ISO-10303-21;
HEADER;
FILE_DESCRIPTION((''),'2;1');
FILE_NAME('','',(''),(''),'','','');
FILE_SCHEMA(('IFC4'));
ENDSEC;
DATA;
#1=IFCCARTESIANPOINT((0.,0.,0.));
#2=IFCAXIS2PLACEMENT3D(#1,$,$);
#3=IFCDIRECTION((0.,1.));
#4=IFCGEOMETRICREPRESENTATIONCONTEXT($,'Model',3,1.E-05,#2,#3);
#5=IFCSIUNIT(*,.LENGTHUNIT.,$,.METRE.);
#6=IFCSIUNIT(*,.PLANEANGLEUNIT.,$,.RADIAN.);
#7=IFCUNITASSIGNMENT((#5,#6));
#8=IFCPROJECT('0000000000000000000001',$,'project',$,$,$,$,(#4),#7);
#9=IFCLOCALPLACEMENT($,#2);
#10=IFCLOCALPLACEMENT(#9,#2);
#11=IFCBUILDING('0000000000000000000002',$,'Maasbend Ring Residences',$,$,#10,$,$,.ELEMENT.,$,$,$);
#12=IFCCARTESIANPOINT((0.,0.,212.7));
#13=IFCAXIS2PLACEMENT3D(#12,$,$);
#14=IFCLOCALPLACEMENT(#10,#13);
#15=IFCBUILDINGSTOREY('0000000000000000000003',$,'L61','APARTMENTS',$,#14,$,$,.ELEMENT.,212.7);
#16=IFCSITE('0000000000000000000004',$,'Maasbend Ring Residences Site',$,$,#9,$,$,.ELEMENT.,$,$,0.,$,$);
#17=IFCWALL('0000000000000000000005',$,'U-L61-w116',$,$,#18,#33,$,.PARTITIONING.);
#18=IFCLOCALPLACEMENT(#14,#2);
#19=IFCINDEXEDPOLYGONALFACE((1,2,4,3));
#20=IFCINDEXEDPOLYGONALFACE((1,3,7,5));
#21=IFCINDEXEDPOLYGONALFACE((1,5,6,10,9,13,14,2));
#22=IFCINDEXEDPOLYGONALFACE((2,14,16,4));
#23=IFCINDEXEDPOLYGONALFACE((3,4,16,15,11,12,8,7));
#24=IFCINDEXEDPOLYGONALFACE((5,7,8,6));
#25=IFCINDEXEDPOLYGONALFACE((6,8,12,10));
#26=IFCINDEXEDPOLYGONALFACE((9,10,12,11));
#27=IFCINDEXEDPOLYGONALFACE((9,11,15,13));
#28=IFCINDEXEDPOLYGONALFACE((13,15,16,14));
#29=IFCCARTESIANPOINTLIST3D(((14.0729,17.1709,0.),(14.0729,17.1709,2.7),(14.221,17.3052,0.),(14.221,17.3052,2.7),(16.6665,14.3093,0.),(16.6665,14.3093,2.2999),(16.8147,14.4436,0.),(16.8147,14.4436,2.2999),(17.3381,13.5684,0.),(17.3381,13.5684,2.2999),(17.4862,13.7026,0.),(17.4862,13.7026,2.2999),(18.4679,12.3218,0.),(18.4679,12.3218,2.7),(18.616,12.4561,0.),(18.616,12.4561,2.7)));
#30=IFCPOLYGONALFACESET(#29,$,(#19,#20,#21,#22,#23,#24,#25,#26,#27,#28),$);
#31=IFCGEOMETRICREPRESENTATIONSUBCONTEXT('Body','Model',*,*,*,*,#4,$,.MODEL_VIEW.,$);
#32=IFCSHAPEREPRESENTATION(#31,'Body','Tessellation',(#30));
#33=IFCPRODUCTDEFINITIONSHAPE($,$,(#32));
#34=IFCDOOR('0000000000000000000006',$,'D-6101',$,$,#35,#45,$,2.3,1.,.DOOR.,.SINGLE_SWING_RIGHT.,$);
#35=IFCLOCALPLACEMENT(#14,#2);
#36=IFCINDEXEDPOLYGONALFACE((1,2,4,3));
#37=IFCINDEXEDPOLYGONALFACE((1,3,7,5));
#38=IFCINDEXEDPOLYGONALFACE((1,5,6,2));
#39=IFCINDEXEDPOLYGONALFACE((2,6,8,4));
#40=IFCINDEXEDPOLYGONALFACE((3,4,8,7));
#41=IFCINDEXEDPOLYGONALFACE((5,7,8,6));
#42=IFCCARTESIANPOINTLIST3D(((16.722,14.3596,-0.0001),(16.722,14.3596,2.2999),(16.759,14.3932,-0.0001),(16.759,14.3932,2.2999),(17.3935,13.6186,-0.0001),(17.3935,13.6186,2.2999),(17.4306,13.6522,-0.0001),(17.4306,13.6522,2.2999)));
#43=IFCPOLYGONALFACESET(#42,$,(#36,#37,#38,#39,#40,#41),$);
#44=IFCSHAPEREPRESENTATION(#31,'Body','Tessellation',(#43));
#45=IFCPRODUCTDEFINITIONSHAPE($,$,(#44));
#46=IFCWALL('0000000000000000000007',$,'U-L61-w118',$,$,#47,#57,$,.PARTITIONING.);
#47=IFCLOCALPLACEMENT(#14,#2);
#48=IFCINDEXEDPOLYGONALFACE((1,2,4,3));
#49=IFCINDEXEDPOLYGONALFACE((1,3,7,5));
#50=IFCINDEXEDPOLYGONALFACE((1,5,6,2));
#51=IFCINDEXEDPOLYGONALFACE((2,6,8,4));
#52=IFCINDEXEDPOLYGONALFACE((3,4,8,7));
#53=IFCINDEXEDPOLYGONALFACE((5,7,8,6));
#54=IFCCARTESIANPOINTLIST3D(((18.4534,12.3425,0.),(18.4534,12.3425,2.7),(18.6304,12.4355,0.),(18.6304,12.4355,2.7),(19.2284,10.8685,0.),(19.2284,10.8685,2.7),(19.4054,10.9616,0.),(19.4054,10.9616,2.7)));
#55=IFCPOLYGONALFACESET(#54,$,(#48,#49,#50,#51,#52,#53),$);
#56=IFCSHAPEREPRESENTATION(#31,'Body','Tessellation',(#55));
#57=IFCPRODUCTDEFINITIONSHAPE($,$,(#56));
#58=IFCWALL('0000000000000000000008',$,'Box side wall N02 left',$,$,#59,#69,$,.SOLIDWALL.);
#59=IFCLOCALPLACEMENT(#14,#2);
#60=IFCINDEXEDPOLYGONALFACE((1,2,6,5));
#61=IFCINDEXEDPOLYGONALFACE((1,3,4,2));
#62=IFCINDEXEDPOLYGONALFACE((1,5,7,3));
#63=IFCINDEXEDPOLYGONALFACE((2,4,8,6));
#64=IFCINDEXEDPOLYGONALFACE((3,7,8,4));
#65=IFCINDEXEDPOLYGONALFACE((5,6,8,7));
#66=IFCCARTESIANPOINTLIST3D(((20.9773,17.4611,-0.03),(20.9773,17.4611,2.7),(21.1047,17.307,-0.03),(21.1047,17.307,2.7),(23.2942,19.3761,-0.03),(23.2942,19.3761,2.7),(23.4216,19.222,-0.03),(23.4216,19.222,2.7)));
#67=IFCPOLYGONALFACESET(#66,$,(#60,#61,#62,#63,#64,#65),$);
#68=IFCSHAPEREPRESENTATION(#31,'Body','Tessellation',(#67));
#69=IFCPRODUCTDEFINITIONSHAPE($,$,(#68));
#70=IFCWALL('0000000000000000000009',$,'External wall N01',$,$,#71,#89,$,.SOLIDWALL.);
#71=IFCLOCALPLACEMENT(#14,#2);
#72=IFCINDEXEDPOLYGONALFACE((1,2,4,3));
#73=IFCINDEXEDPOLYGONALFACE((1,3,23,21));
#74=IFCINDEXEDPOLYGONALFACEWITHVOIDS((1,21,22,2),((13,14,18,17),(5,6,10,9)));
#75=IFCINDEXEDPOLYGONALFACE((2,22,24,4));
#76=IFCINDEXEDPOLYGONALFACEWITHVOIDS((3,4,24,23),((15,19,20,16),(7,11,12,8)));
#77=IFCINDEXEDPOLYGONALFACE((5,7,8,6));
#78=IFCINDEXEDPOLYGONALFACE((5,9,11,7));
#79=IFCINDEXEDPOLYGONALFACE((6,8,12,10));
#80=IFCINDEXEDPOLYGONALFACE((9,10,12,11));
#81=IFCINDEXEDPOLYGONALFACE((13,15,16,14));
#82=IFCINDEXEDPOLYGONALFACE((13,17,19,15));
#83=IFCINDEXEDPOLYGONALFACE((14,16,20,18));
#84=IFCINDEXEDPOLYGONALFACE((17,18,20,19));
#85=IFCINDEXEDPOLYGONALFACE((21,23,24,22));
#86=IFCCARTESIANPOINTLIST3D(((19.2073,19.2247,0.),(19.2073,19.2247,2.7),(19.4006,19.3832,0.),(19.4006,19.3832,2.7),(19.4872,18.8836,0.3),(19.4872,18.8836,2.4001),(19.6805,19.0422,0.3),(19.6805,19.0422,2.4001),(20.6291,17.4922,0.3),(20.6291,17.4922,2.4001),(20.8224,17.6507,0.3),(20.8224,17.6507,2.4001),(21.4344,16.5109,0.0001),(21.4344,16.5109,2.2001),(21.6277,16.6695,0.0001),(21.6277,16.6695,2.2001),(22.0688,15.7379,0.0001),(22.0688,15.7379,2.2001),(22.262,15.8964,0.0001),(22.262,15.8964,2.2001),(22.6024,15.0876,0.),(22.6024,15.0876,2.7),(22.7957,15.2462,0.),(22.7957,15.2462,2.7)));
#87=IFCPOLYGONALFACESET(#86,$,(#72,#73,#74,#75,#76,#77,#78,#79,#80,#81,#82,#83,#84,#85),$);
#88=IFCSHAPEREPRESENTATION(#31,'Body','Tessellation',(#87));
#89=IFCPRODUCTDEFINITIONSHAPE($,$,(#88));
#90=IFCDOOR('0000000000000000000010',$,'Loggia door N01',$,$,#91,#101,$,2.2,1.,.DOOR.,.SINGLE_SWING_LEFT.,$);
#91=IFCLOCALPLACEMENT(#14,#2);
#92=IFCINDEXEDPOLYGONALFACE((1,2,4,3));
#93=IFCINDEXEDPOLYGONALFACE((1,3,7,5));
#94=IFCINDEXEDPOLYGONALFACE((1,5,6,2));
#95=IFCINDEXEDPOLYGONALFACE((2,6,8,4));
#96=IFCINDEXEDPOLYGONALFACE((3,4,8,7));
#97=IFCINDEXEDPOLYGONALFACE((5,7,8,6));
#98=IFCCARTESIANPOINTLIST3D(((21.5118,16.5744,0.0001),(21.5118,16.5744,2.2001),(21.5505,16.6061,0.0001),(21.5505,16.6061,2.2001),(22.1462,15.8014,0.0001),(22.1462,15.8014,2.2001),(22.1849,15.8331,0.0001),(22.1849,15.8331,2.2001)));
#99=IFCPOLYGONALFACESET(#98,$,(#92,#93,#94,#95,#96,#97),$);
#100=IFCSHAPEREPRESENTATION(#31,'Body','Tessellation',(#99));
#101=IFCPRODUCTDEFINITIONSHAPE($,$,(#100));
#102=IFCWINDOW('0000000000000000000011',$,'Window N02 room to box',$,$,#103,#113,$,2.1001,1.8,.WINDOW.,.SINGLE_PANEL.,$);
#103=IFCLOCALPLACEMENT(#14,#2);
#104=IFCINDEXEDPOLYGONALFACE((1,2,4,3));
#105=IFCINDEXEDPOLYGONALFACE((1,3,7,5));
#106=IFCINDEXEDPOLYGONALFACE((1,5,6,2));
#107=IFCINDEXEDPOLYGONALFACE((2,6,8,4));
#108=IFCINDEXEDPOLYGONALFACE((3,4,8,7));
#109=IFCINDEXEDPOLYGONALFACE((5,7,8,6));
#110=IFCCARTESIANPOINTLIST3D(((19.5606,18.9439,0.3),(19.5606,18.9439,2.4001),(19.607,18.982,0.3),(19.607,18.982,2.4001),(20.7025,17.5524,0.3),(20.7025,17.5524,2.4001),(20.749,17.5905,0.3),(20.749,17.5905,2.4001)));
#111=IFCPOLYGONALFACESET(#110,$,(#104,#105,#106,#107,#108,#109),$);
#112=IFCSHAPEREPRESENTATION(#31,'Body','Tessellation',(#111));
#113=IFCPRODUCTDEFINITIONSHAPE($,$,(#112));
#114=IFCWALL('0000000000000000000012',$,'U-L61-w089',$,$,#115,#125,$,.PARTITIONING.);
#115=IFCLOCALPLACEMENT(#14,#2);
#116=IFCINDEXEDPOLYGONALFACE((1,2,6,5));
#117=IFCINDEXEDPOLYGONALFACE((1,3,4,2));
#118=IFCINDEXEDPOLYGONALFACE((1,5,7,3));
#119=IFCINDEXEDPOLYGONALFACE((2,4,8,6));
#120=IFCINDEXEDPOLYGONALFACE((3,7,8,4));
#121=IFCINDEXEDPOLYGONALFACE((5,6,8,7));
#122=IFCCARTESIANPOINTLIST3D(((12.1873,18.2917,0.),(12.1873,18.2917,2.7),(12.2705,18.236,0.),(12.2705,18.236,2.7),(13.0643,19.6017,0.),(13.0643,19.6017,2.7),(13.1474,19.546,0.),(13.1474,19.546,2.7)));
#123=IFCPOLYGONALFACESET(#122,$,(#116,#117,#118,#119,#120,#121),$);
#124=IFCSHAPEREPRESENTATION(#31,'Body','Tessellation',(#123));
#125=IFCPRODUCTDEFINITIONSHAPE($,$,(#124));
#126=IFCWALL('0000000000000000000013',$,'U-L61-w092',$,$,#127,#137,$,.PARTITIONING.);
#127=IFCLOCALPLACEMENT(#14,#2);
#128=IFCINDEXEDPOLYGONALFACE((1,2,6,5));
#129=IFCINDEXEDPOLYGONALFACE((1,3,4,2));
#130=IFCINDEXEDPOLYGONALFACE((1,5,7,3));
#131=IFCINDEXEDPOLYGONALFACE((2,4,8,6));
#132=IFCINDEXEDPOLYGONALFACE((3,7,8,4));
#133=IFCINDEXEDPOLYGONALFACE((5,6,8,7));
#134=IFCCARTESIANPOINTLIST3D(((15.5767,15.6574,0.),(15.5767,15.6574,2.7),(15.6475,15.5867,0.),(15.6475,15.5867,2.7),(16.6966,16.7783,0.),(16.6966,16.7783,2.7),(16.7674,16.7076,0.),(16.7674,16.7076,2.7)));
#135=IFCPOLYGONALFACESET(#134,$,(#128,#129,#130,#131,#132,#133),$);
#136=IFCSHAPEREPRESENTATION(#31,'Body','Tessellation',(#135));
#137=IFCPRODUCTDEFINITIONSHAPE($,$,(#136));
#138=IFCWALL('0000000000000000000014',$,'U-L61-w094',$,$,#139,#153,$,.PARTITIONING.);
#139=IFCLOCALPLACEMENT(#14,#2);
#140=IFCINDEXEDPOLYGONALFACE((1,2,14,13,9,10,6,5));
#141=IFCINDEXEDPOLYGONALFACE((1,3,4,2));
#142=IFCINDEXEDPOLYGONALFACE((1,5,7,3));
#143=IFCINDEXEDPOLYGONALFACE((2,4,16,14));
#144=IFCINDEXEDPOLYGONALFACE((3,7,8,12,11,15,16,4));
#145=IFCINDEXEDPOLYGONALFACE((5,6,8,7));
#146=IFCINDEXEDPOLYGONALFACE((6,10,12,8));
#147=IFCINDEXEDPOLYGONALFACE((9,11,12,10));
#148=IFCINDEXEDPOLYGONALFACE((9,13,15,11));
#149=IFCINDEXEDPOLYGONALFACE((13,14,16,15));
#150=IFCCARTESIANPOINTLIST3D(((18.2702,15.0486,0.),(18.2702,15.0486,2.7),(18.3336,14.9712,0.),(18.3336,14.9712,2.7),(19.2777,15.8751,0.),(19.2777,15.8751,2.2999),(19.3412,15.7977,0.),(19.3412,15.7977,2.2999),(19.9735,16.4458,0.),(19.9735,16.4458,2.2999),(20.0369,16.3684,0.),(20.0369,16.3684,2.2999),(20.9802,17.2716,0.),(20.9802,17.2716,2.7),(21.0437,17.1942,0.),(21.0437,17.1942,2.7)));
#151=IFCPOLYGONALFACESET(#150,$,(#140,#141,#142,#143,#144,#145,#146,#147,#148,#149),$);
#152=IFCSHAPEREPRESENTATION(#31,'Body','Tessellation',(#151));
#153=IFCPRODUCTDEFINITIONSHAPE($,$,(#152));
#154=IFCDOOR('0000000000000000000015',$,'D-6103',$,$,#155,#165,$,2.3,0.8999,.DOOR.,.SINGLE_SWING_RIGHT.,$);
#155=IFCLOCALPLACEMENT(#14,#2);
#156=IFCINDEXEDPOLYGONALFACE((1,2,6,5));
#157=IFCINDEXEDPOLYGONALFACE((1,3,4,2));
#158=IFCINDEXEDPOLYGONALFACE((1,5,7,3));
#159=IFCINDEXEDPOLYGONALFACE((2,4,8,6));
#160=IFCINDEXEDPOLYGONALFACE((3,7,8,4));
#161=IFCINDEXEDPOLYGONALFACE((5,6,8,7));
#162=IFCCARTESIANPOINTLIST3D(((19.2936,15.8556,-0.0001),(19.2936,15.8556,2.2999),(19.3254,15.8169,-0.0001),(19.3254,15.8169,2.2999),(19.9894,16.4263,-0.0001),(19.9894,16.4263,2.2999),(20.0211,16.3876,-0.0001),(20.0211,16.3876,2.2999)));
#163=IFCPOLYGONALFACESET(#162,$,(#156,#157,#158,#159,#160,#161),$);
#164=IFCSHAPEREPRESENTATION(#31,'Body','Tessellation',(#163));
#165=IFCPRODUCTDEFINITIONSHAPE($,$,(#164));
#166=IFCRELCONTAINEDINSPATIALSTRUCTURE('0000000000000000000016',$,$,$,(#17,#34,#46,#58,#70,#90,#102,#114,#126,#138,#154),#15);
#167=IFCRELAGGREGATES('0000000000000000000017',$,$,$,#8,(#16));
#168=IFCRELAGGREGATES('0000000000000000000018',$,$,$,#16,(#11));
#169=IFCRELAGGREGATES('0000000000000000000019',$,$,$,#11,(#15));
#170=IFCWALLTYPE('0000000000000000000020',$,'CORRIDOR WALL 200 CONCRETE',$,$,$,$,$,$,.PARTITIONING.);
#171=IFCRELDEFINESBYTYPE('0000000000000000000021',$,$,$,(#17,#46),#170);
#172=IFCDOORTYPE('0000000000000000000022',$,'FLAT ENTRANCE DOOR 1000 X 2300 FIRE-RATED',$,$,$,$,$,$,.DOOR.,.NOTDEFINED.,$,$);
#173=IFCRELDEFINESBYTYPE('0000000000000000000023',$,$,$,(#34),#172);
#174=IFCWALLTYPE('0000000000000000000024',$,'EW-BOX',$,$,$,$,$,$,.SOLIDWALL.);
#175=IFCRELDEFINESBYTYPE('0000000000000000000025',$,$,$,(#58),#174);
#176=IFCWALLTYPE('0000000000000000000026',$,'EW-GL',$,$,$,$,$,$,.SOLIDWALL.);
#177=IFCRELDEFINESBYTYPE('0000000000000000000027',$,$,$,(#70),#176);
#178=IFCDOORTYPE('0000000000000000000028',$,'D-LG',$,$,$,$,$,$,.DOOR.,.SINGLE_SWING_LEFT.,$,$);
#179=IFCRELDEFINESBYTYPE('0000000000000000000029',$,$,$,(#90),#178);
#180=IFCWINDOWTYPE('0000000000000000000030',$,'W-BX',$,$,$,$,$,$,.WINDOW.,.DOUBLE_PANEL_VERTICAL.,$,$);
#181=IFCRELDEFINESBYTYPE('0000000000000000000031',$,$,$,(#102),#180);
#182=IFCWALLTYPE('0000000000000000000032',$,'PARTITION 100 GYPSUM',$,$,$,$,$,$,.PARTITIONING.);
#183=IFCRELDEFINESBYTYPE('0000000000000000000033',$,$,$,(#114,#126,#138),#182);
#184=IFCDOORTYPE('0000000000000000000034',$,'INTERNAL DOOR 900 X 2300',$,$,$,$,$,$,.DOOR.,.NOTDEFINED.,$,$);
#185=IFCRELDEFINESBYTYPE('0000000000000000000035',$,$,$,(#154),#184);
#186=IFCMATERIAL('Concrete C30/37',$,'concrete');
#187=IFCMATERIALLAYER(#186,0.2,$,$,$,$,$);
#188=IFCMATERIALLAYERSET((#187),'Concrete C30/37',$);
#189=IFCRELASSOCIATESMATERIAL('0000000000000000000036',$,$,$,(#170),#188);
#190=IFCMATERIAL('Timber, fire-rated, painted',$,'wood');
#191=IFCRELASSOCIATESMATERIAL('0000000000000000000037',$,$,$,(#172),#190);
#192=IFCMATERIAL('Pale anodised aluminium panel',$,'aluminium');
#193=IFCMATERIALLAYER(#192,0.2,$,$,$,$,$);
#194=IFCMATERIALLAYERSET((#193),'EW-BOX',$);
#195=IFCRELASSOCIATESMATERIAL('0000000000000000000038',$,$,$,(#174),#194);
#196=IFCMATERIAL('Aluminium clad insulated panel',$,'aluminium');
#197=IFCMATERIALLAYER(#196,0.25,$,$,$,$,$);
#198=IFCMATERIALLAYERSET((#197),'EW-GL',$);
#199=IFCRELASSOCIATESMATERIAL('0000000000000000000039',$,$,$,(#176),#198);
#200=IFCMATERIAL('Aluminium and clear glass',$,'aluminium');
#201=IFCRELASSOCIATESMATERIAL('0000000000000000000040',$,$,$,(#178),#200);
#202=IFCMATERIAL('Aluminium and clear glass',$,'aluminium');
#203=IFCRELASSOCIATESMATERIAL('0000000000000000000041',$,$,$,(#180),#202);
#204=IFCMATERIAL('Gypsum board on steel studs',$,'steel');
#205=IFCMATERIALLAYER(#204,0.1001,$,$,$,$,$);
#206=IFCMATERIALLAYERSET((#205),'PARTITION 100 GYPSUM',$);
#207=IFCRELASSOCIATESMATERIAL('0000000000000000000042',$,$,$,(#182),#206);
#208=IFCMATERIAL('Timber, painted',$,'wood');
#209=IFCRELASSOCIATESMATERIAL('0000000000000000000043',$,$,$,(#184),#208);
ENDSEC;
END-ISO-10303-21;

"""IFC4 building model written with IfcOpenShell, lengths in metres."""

from ifc_helpers import new_model, si_unit, direction, frame, frame_2d, origin, place, context, subcontext, project, spatial, rectangle, extrude, material, layer, layer_set, type_object, element, fill, save


model = new_model("IFC4")

# Units and contexts
model_context = context("Model", 3, precision=1e-05, world=origin(), true_north=direction((0.0, 1.0)))
body_context = subcontext(model_context, "Body", "Model", "MODEL_VIEW")
ifc_project = project(units=[si_unit("LENGTHUNIT", "METRE"), si_unit("PLANEANGLEUNIT", "RADIAN")], contexts=[model_context])

# Site, building, storey
site_placement = place(None, origin())
site = spatial("IfcSite", under=ifc_project, at=site_placement, Name="Maasbend Ring Residences Site", CompositionType="ELEMENT", RefElevation=0.0)
building_placement = place(site_placement, origin())
building = spatial("IfcBuilding", under=site, at=building_placement, Name="Maasbend Ring Residences", CompositionType="ELEMENT")
storey_placement = place(building_placement, frame((0.0, 0.0, 212.7)))
storey = spatial("IfcBuildingStorey", under=building, at=storey_placement, Name="L61", Description="APARTMENTS", CompositionType="ELEMENT", Elevation=212.7)

# Wall, opening, door
ifc_material_1 = material(Name="Concrete C30/37", Category="concrete")
ifc_layer_1 = layer(ifc_material_1, 0.2)
ifc_layer_set_1 = layer_set([ifc_layer_1], Name="Concrete C30/37")
wall_type_1 = type_object("IfcWallType", Name="CORRIDOR WALL 200 CONCRETE", PredefinedType="PARTITIONING", material=ifc_layer_set_1)
wall_1_placement = place(storey_placement, frame((14.147, 17.238, 0.0), z_axis=(0.0, 0.0, 1.0), x_axis=(0.671562, -0.740949, 0.0)))
wall_1 = element("IfcWall", 1, at=wall_1_placement, inside=storey, type_object=wall_type_1, Name="U-L61-w116", PredefinedType="PARTITIONING", context=body_context, shape_type="SweptSolid", body=[
    extrude(rectangle(XDim=6.5444, YDim=0.2, at=frame_2d((3.2722, 0.0))), origin(), (0.0, 0.0, 1.0), 2.7),
])
opening_1_placement = place(wall_1_placement, frame((3.8621, 0.0, 0.0)))
opening_1 = element("IfcOpeningElement", 2, at=opening_1_placement, cuts=wall_1, PredefinedType="OPENING", context=body_context, shape_type="SweptSolid", body=[
    extrude(rectangle(XDim=1.0, YDim=2.3, at=frame_2d((0.5, 1.1499))), frame((0.0, 0.1099, 0.0), z_axis=(0.0, -1.0, 0.0), x_axis=(1.0, 0.0, 0.0)), (0.0, 0.0, 1.0), 0.22),
])
ifc_material_2 = material(Name="Timber, fire-rated, painted", Category="wood")
door_type_1 = type_object("IfcDoorType", Name="FLAT ENTRANCE DOOR 1000 X 2300 FIRE-RATED", OperationType="NOTDEFINED", PredefinedType="DOOR", material=ifc_material_2)
door_1_placement = place(opening_1_placement, origin())
door_1 = element("IfcDoor", 3, at=door_1_placement, inside=storey, type_object=door_type_1, Name="D-6101", OperationType="SINGLE_SWING_RIGHT", OverallHeight=2.3, OverallWidth=1.0, PredefinedType="DOOR", context=body_context, shape_type="SweptSolid", body=[
    extrude(rectangle(XDim=1.0, YDim=2.3, at=frame_2d((0.5, 1.1499))), frame((0.0, 0.0249, 0.0), z_axis=(0.0, -1.0, 0.0), x_axis=(1.0, 0.0, 0.0)), (0.0, 0.0, 1.0), 0.05),
])
fill(opening_1, door_1)

# Walls
wall_2_placement = place(storey_placement, frame((18.542, 12.3889, 0.0), z_axis=(0.0, 0.0, 1.0), x_axis=(0.46536, -0.885122, 0.0)))
element("IfcWall", 4, at=wall_2_placement, inside=storey, type_object=wall_type_1, Name="U-L61-w118", PredefinedType="PARTITIONING", context=body_context, shape_type="SweptSolid", body=[
    extrude(rectangle(XDim=1.6653, YDim=0.2, at=frame_2d((0.8325, 0.0))), origin(), (0.0, 0.0, 1.0), 2.7),
])
ifc_material_3 = material(Name="Pale anodised aluminium panel", Category="aluminium")
ifc_layer_2 = layer(ifc_material_3, 0.2)
ifc_layer_set_2 = layer_set([ifc_layer_2], Name="EW-BOX")
wall_type_2 = type_object("IfcWallType", Name="EW-BOX", PredefinedType="SOLIDWALL", material=ifc_layer_set_2)
wall_3_placement = place(storey_placement, frame((21.041, 17.384, -0.03), z_axis=(0.0, 0.0, 1.0), x_axis=(0.770785, 0.637096, 0.0)))
element("IfcWall", 5, at=wall_3_placement, inside=storey, type_object=wall_type_2, Name="Box side wall N02 left", PredefinedType="SOLIDWALL", context=body_context, shape_type="SweptSolid", body=[
    extrude(rectangle(XDim=3.0059, YDim=0.2, at=frame_2d((1.5029, 0.0))), origin(), (0.0, 0.0, 1.0), 2.73),
])

# Wall, openings, door, window
ifc_material_4 = material(Name="Aluminium clad insulated panel", Category="aluminium")
ifc_layer_3 = layer(ifc_material_4, 0.25)
ifc_layer_set_3 = layer_set([ifc_layer_3], Name="EW-GL")
wall_type_3 = type_object("IfcWallType", Name="EW-GL", PredefinedType="SOLIDWALL", material=ifc_layer_set_3)
wall_4_placement = place(storey_placement, frame((22.699, 15.167, 0.0), z_axis=(0.0, 0.0, 1.0), x_axis=(-0.634382, 0.773019, 0.0)))
wall_4 = element("IfcWall", 6, at=wall_4_placement, inside=storey, type_object=wall_type_3, Name="External wall N01", PredefinedType="SOLIDWALL", context=body_context, shape_type="SweptSolid", body=[
    extrude(rectangle(XDim=5.3518, YDim=0.25, at=frame_2d((2.6758, 0.0))), origin(), (0.0, 0.0, 1.0), 2.7),
])
opening_2_placement = place(wall_4_placement, frame((0.8411, 0.0, 0.0)))
opening_2 = element("IfcOpeningElement", 7, at=opening_2_placement, cuts=wall_4, PredefinedType="OPENING", context=body_context, shape_type="SweptSolid", body=[
    extrude(rectangle(XDim=1.0, YDim=2.2, at=frame_2d((0.5, 1.1001))), frame((0.0, 0.135, 0.0), z_axis=(0.0, -1.0, 0.0), x_axis=(1.0, 0.0, 0.0)), (0.0, 0.0, 1.0), 0.27),
])
opening_3_placement = place(wall_4_placement, frame((3.1106, 0.0, 0.3)))
opening_3 = element("IfcOpeningElement", 8, at=opening_3_placement, cuts=wall_4, PredefinedType="OPENING", context=body_context, shape_type="SweptSolid", body=[
    extrude(rectangle(XDim=1.8, YDim=2.1001, at=frame_2d((0.8999, 1.05))), frame((0.0, 0.135, 0.0), z_axis=(0.0, -1.0, 0.0), x_axis=(1.0, 0.0, 0.0)), (0.0, 0.0, 1.0), 0.27),
])
ifc_material_5 = material(Name="Aluminium and clear glass", Category="aluminium")
door_type_2 = type_object("IfcDoorType", Name="D-LG", OperationType="SINGLE_SWING_LEFT", PredefinedType="DOOR", material=ifc_material_5)
door_2_placement = place(opening_2_placement, origin())
door_2 = element("IfcDoor", 9, at=door_2_placement, inside=storey, type_object=door_type_2, Name="Loggia door N01", OperationType="SINGLE_SWING_LEFT", OverallHeight=2.2, OverallWidth=1.0, PredefinedType="DOOR", context=body_context, shape_type="SweptSolid", body=[
    extrude(rectangle(XDim=1.0, YDim=2.2, at=frame_2d((0.5, 1.1001))), frame((0.0, 0.0249, 0.0), z_axis=(0.0, -1.0, 0.0), x_axis=(1.0, 0.0, 0.0)), (0.0, 0.0, 1.0), 0.05),
])
fill(opening_2, door_2)
ifc_material_6 = material(Name="Aluminium and clear glass", Category="aluminium")
window_type = type_object("IfcWindowType", Name="W-BX", PartitioningType="DOUBLE_PANEL_VERTICAL", PredefinedType="WINDOW", material=ifc_material_6)
window_placement = place(opening_3_placement, origin())
window = element("IfcWindow", 10, at=window_placement, inside=storey, type_object=window_type, Name="Window N02 room to box", OverallHeight=2.1001, OverallWidth=1.8, PartitioningType="SINGLE_PANEL", PredefinedType="WINDOW", context=body_context, shape_type="SweptSolid", body=[
    extrude(rectangle(XDim=1.8, YDim=2.1001, at=frame_2d((0.8999, 1.05))), frame((0.0, 0.03, 0.0), z_axis=(0.0, -1.0, 0.0), x_axis=(1.0, 0.0, 0.0)), (0.0, 0.0, 1.0), 0.0601),
])
fill(opening_3, window)

# Walls
ifc_material_7 = material(Name="Gypsum board on steel studs", Category="steel")
ifc_layer_4 = layer(ifc_material_7, 0.1001)
ifc_layer_set_4 = layer_set([ifc_layer_4], Name="PARTITION 100 GYPSUM")
wall_type_4 = type_object("IfcWallType", Name="PARTITION 100 GYPSUM", PredefinedType="PARTITIONING", material=ifc_layer_set_4)
wall_5_placement = place(storey_placement, frame((12.229, 18.2639, 0.0), z_axis=(0.0, 0.0, 1.0), x_axis=(0.556272, 0.831, 0.0)))
element("IfcWall", 11, at=wall_5_placement, inside=storey, type_object=wall_type_4, Name="U-L61-w089", PredefinedType="PARTITIONING", context=body_context, shape_type="SweptSolid", body=[
    extrude(rectangle(XDim=1.5764, YDim=0.1001, at=frame_2d((0.7881, 0.0))), origin(), (0.0, 0.0, 1.0), 2.7),
])
wall_6_placement = place(storey_placement, frame((15.6121, 15.6221, 0.0), z_axis=(0.0, 0.0, 1.0), x_axis=(0.706799, 0.707415, 0.0)))
element("IfcWall", 12, at=wall_6_placement, inside=storey, type_object=wall_type_4, Name="U-L61-w092", PredefinedType="PARTITIONING", context=body_context, shape_type="SweptSolid", body=[
    extrude(rectangle(XDim=1.5845, YDim=0.1001, at=frame_2d((0.7922, 0.0))), origin(), (0.0, 0.0, 1.0), 2.7),
])

# Wall, opening, door
wall_7_placement = place(storey_placement, frame((18.302, 15.01, 0.0), z_axis=(0.0, 0.0, 1.0), x_axis=(0.773165, 0.634205, 0.0)))
wall_7 = element("IfcWall", 13, at=wall_7_placement, inside=storey, type_object=wall_type_4, Name="U-L61-w094", PredefinedType="PARTITIONING", context=body_context, shape_type="SweptSolid", body=[
    extrude(rectangle(XDim=3.5051, YDim=0.1001, at=frame_2d((1.7524, 0.0))), origin(), (0.0, 0.0, 1.0), 2.7),
])
opening_4_placement = place(wall_7_placement, frame((1.303, 0.0, 0.0)))
opening_4 = element("IfcOpeningElement", 14, at=opening_4_placement, cuts=wall_7, PredefinedType="OPENING", context=body_context, shape_type="SweptSolid", body=[
    extrude(rectangle(XDim=0.8999, YDim=2.3, at=frame_2d((0.45, 1.1499))), frame((0.0, 0.0601, 0.0), z_axis=(0.0, -1.0, 0.0), x_axis=(1.0, 0.0, 0.0)), (0.0, 0.0, 1.0), 0.1201),
])
ifc_material_8 = material(Name="Timber, painted", Category="wood")
door_type_3 = type_object("IfcDoorType", Name="INTERNAL DOOR 900 X 2300", OperationType="NOTDEFINED", PredefinedType="DOOR", material=ifc_material_8)
door_3_placement = place(opening_4_placement, origin())
door_3 = element("IfcDoor", 15, at=door_3_placement, inside=storey, type_object=door_type_3, Name="D-6103", OperationType="SINGLE_SWING_RIGHT", OverallHeight=2.3, OverallWidth=0.8999, PredefinedType="DOOR", context=body_context, shape_type="SweptSolid", body=[
    extrude(rectangle(XDim=0.8999, YDim=2.3, at=frame_2d((0.45, 1.1499))), frame((0.0, 0.0249, 0.0), z_axis=(0.0, -1.0, 0.0), x_axis=(1.0, 0.0, 0.0)), (0.0, 0.0, 1.0), 0.05),
])
fill(opening_4, door_3)

save(model, "model.ifc")
